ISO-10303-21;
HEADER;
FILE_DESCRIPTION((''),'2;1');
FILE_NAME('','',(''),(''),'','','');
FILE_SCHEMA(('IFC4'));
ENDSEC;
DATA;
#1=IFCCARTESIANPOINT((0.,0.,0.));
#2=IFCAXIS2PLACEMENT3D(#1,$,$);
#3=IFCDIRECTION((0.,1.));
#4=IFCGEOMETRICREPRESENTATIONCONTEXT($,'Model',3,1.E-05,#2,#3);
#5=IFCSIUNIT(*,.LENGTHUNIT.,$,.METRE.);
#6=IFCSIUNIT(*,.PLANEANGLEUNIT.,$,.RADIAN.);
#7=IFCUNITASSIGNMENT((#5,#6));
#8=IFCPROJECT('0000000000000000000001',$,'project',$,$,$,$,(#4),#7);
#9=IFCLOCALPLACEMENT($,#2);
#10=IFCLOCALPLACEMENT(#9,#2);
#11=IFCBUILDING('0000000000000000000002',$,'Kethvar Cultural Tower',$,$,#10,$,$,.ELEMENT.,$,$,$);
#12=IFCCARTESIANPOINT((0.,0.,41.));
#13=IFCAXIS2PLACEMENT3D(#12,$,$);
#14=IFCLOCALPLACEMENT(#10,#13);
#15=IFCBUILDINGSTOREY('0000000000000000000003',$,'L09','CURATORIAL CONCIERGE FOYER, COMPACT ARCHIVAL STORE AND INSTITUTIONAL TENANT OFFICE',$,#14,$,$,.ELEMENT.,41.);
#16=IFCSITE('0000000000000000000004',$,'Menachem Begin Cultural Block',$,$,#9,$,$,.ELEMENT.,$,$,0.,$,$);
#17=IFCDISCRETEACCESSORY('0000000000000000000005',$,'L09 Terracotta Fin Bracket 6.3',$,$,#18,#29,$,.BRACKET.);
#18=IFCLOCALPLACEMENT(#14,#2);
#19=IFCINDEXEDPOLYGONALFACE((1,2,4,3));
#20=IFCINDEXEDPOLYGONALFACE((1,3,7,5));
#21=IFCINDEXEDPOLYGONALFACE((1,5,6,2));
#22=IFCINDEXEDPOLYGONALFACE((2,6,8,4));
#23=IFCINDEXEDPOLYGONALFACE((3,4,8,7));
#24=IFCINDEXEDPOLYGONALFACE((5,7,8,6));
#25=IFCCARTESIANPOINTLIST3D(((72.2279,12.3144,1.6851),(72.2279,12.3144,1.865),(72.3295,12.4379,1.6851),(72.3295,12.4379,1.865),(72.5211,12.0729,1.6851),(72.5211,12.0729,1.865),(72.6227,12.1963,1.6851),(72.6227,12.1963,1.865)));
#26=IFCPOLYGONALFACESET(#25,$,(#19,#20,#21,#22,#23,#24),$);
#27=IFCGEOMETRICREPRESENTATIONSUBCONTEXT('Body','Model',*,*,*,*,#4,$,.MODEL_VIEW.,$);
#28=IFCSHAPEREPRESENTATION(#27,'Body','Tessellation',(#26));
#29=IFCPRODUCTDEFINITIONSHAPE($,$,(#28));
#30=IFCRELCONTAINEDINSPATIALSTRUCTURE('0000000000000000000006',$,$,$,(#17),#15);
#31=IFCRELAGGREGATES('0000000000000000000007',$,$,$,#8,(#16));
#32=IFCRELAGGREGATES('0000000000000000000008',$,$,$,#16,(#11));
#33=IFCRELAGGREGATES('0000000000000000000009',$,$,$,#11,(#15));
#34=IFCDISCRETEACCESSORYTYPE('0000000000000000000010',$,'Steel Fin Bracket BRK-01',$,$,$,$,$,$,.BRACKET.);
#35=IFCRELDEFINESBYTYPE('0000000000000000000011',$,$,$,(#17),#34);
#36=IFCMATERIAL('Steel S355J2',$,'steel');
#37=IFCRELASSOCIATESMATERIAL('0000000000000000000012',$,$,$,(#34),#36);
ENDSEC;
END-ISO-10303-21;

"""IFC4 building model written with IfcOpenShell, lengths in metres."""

from ifc_helpers import new_model, si_unit, direction, frame, origin, origin_2d, place, context, subcontext, project, spatial, rectangle, extrude, source, transform, mapped, material, type_object, element, save


model = new_model("IFC4")

# Units and contexts
model_context = context("Model", 3, precision=1e-05, world=origin(), true_north=direction((0.0, 1.0)))
body_context = subcontext(model_context, "Body", "Model", "MODEL_VIEW")
ifc_project = project(units=[si_unit("LENGTHUNIT", "METRE"), si_unit("PLANEANGLEUNIT", "RADIAN")], contexts=[model_context])

# Site, building, storey
site_placement = place(None, origin())
site = spatial("IfcSite", under=ifc_project, at=site_placement, Name="Menachem Begin Cultural Block", CompositionType="ELEMENT", RefElevation=0.0)
building_placement = place(site_placement, origin())
building = spatial("IfcBuilding", under=site, at=building_placement, Name="Kethvar Cultural Tower", CompositionType="ELEMENT")
storey_placement = place(building_placement, frame((0.0, 0.0, 41.0)))
storey = spatial("IfcBuildingStorey", under=building, at=storey_placement, Name="L09", Description="CURATORIAL CONCIERGE FOYER, COMPACT ARCHIVAL STORE AND INSTITUTIONAL TENANT OFFICE", CompositionType="ELEMENT", Elevation=41.0)

# Shared definitions
ifc_material_1 = material(Name="Steel S355J2", Category="steel")

# Discrete accessory
discrete_accessory_type = type_object("IfcDiscreteAccessoryType", Name="Steel Fin Bracket BRK-01", PredefinedType="BRACKET", material=ifc_material_1)
shared_shape_1 = source(origin(), body_context, "Body", "SweptSolid", [
    extrude(rectangle(XDim=0.3799, YDim=0.1599, at=origin_2d()), origin(), (0.0, 0.0, 1.0), 0.1799),
])
for number, where, z_axis, x_axis, name in (
    (1, (72.4253, 12.2554, 1.6851), (0.0, 0.0, 1.0), (0.771847, -0.635809, 0.0), "L09 Terracotta Fin Bracket 6.3"),
):
    element("IfcDiscreteAccessory", number, at=place(storey_placement, frame(where, z_axis=z_axis, x_axis=x_axis)), inside=storey, type_object=discrete_accessory_type, Name=name, PredefinedType="BRACKET", context=body_context, shape_type="MappedRepresentation", body=[
        mapped(shared_shape_1, transform((0.0, 0.0, 0.0), scale=1.0)),
    ])

save(model, "model.ifc")
